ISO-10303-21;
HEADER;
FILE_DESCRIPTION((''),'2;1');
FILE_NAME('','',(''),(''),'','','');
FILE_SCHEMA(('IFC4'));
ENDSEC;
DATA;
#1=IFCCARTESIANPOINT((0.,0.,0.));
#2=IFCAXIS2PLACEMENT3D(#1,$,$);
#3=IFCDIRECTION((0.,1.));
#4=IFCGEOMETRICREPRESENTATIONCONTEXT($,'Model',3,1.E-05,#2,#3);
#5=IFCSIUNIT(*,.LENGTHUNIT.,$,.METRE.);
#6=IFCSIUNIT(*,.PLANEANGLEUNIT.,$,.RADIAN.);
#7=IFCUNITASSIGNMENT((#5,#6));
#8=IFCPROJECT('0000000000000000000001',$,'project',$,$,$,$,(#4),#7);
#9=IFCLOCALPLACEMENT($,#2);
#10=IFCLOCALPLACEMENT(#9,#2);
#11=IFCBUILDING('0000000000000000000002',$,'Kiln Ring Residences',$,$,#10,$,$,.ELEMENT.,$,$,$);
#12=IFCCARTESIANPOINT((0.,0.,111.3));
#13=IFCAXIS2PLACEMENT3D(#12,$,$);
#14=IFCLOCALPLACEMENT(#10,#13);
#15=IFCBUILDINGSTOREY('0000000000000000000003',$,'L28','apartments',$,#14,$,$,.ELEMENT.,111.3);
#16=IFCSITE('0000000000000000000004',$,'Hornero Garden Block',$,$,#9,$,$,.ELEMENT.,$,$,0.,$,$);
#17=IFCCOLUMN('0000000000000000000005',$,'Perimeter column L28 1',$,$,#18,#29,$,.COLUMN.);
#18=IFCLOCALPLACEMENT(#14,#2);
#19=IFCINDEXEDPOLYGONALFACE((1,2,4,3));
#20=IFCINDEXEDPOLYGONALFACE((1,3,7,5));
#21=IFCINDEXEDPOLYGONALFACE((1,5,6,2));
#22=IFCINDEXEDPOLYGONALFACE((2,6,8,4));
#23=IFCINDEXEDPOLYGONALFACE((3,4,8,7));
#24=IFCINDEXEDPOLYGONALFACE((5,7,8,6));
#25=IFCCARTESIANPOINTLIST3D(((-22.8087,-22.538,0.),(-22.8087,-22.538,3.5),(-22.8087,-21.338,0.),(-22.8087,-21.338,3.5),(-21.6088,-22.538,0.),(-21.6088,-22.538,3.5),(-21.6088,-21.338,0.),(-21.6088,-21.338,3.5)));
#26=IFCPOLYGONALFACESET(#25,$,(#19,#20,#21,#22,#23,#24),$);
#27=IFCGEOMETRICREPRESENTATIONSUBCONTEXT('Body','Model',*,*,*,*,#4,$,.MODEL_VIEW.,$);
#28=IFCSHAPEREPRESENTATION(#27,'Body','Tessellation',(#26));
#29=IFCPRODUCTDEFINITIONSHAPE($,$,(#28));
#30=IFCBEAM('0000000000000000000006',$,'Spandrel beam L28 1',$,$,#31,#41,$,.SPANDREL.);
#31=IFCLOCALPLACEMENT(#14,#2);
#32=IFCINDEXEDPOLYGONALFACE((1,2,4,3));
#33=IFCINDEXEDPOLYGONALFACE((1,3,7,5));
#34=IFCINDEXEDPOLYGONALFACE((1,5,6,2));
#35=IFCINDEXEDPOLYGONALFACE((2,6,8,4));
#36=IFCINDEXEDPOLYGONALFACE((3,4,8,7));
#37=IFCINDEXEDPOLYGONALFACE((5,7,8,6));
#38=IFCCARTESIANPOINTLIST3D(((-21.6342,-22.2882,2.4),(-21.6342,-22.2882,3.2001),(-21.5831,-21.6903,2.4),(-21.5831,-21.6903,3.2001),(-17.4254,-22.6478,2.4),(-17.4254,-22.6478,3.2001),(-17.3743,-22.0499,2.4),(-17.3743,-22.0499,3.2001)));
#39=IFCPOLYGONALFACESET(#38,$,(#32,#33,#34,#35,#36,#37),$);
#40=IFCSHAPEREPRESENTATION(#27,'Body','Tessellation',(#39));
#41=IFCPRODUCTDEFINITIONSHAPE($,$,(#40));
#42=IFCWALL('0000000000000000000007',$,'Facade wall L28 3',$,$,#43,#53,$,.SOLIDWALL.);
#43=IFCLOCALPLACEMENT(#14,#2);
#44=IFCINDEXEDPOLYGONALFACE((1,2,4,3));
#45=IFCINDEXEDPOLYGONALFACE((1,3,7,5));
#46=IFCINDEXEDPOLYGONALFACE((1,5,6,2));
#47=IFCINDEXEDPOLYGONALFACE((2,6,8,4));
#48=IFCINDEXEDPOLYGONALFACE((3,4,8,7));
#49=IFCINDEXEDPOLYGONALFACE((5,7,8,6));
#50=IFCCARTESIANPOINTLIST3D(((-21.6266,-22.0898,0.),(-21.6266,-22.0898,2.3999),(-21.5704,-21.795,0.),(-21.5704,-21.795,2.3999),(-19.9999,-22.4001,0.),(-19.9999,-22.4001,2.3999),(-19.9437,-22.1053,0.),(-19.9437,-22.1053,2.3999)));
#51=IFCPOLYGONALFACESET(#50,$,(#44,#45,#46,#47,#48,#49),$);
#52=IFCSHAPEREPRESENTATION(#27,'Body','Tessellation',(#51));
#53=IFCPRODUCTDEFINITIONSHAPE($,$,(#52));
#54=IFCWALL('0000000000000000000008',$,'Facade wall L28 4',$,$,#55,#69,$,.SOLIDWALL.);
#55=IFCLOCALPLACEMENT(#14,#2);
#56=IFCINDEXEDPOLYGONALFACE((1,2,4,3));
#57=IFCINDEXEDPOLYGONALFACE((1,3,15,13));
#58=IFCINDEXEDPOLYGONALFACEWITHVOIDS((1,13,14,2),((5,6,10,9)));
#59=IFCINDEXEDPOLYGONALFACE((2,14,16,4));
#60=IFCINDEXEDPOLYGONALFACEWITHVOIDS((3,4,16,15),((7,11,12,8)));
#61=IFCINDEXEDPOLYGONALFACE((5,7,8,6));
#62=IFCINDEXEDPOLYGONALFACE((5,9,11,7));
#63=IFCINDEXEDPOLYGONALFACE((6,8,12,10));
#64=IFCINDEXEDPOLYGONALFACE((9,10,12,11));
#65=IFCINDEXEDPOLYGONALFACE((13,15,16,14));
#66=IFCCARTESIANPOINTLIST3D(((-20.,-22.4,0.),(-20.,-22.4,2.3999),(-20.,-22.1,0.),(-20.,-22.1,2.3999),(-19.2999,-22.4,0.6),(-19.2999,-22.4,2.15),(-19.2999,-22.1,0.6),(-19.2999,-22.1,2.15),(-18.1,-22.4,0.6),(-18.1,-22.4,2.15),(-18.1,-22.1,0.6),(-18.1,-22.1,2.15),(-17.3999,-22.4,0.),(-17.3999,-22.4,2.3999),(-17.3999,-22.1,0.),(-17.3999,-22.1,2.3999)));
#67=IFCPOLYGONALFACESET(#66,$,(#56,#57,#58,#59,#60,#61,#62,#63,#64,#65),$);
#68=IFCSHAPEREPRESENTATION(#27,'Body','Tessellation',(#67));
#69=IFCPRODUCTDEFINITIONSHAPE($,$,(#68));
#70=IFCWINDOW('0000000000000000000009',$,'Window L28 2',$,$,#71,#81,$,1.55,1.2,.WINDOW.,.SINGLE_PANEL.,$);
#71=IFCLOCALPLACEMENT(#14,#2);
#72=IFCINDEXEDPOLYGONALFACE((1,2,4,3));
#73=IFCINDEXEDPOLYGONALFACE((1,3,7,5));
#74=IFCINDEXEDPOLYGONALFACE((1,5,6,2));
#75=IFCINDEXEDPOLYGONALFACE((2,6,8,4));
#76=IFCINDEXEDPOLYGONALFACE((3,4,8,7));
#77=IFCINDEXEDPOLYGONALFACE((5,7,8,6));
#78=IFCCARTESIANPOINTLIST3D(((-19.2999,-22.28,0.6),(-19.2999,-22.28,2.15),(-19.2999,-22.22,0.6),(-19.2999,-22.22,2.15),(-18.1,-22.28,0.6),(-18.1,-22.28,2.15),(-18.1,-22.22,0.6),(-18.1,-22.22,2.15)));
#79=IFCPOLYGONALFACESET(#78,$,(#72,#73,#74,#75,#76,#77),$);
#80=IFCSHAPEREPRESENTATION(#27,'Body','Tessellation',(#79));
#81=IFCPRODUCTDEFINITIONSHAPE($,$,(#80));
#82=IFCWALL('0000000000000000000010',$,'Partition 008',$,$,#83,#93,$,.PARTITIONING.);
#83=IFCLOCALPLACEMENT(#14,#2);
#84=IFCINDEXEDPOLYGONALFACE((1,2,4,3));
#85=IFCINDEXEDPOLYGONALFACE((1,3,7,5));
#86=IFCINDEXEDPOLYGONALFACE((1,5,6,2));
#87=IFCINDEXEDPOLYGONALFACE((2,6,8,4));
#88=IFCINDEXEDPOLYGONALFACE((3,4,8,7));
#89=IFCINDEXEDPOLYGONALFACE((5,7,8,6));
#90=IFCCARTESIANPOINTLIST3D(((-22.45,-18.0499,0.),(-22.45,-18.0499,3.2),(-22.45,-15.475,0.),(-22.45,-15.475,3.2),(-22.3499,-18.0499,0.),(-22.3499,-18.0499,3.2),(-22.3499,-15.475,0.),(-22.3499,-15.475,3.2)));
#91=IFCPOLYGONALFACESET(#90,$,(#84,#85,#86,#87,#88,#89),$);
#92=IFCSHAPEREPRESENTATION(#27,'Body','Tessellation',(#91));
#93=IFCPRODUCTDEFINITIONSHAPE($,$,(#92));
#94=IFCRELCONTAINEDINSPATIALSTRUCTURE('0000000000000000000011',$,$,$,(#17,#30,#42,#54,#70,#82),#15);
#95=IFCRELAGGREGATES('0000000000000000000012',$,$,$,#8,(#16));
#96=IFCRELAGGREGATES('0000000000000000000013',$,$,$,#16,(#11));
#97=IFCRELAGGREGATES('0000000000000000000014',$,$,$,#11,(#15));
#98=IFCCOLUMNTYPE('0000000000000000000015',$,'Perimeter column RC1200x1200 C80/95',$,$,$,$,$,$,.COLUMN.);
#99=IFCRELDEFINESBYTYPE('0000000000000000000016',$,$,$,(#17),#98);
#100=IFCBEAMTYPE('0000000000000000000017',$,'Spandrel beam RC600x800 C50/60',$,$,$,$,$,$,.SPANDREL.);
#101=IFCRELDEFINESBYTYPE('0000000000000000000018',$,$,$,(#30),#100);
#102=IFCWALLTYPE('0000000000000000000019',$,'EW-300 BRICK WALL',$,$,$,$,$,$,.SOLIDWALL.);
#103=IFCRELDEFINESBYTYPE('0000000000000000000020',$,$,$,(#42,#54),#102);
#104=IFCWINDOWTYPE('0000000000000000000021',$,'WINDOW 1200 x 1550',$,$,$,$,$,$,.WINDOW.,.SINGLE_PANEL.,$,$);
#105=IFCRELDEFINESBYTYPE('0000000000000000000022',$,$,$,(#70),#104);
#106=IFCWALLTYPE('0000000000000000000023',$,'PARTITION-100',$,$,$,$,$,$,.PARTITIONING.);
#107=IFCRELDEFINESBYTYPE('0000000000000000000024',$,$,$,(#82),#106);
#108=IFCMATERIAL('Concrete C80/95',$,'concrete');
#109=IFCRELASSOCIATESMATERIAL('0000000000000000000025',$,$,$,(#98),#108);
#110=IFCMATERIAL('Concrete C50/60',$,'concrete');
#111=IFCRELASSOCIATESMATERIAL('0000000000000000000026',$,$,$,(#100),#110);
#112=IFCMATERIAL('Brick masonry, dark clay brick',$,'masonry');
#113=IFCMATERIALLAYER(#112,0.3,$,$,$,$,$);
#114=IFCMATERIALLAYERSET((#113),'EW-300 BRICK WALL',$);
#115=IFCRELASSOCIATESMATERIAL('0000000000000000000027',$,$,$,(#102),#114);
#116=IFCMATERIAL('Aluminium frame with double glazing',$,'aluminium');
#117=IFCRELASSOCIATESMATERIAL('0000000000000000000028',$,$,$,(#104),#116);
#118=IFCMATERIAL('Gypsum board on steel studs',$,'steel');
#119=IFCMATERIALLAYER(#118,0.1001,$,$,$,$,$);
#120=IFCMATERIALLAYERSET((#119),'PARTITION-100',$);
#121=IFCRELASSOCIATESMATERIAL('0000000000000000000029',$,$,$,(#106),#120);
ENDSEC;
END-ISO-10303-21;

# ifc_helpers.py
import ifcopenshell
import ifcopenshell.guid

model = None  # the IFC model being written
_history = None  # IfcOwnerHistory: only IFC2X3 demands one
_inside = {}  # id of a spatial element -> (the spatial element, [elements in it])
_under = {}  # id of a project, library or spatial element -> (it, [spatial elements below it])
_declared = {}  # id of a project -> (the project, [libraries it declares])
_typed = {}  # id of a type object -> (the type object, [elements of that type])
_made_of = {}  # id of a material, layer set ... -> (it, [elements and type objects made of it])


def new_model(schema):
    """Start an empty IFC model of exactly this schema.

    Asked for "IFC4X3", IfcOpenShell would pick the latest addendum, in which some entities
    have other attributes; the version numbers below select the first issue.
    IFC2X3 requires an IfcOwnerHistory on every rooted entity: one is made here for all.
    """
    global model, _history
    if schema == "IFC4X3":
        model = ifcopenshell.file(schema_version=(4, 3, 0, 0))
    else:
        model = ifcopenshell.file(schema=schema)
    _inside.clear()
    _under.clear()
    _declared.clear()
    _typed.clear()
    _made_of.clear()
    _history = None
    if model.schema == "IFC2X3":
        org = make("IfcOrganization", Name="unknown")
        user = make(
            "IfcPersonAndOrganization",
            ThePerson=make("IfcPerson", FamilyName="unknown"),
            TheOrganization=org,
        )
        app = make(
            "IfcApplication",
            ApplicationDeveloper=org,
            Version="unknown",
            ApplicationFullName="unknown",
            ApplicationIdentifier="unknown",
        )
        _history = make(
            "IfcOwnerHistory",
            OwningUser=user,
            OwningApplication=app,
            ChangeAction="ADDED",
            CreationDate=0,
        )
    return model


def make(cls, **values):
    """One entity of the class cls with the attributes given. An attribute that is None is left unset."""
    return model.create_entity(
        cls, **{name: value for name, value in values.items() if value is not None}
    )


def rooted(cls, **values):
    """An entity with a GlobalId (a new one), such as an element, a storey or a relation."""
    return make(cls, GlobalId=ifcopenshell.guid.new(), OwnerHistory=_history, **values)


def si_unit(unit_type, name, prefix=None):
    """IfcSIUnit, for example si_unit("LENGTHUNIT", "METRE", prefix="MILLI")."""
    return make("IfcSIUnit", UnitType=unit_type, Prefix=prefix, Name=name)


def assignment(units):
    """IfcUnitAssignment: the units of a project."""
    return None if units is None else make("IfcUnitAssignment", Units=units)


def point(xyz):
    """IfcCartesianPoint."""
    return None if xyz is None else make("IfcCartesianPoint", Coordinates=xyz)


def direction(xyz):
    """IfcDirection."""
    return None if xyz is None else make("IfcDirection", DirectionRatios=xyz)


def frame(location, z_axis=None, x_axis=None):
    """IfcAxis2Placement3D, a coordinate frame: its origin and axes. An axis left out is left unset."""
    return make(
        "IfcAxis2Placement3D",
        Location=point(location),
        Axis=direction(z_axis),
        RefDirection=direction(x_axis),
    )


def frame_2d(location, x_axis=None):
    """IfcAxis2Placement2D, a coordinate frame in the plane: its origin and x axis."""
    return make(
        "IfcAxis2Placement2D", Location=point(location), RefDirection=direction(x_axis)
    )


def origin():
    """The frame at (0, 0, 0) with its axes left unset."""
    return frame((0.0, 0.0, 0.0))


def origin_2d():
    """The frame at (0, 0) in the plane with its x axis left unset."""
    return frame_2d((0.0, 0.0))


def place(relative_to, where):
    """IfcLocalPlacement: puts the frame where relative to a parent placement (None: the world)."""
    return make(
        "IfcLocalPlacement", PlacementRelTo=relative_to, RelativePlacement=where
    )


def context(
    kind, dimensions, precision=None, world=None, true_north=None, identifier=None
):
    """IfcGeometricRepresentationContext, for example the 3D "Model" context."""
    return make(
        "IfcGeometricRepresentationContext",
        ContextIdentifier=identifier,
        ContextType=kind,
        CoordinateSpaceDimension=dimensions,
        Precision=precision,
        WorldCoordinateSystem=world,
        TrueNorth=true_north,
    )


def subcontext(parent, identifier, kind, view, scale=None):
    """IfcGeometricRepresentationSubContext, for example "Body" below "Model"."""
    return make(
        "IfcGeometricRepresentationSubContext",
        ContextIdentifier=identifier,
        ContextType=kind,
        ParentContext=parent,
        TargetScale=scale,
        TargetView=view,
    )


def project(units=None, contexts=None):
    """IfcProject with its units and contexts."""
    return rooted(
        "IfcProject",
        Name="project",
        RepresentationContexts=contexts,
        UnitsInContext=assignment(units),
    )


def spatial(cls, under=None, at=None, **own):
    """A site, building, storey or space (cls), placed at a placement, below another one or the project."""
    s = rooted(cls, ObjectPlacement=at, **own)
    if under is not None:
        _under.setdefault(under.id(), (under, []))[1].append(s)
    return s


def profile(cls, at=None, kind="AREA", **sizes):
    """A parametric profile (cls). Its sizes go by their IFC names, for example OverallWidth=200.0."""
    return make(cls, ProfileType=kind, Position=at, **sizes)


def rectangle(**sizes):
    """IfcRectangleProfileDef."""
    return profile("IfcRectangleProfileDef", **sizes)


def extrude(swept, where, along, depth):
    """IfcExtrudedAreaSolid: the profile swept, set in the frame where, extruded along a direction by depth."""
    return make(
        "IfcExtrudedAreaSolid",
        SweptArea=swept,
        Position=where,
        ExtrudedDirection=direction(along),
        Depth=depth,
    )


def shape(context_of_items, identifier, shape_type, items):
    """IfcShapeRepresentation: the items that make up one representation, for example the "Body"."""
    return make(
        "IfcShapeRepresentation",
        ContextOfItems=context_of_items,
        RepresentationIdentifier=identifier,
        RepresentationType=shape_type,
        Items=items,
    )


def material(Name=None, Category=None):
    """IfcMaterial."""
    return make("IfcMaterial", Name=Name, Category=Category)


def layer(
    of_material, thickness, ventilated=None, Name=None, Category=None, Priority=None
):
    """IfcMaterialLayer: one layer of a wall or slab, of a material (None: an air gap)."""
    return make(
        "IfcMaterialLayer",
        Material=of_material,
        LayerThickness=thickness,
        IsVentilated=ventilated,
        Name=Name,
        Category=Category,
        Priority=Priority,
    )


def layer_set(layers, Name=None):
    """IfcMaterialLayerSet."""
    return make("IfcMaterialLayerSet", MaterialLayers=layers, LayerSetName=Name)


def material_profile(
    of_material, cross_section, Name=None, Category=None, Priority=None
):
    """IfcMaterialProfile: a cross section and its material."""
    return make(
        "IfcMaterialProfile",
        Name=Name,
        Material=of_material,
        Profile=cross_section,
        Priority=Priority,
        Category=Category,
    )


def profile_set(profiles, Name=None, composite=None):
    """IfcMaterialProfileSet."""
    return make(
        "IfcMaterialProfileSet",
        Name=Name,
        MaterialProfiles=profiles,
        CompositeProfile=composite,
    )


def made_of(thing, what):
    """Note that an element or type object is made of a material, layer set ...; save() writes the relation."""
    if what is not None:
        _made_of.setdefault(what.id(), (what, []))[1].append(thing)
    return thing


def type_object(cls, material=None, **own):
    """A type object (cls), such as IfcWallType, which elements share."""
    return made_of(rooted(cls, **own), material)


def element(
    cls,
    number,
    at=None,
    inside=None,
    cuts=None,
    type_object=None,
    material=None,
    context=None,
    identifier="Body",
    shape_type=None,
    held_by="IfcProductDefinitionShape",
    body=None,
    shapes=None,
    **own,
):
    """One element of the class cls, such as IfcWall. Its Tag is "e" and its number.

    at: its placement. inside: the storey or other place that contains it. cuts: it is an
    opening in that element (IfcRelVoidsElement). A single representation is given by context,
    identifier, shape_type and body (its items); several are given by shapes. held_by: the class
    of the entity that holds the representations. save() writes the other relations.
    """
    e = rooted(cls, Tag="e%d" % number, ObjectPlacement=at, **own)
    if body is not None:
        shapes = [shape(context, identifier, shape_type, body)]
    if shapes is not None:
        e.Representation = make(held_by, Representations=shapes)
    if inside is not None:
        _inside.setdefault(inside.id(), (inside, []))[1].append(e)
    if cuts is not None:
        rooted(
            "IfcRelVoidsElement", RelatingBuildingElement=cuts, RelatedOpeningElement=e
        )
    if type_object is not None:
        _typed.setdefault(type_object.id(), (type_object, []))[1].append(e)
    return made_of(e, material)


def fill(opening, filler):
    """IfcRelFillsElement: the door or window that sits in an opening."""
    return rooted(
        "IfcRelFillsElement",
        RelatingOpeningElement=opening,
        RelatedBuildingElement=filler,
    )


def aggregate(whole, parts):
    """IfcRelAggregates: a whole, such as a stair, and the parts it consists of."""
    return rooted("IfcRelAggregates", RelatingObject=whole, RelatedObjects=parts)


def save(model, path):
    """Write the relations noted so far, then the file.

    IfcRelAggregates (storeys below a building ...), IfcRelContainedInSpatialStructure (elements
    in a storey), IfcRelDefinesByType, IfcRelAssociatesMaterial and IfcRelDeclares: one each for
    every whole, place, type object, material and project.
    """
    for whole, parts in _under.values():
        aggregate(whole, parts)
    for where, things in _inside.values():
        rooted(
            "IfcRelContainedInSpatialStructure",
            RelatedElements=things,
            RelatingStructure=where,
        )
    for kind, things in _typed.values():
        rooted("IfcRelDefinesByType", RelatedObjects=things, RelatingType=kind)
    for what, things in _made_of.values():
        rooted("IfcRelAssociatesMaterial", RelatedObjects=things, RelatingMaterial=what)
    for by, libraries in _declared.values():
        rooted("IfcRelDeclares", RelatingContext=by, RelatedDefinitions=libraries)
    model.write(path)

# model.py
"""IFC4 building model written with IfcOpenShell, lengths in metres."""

from ifc_helpers import new_model, si_unit, direction, frame, frame_2d, origin, origin_2d, place, context, subcontext, project, spatial, rectangle, extrude, material, layer, layer_set, material_profile, profile_set, type_object, element, fill, save


model = new_model("IFC4")

# Units and contexts
model_context = context("Model", 3, precision=1e-05, world=origin(), true_north=direction((0.0, 1.0)))
body_context = subcontext(model_context, "Body", "Model", "MODEL_VIEW")
ifc_project = project(units=[si_unit("LENGTHUNIT", "METRE"), si_unit("PLANEANGLEUNIT", "RADIAN")], contexts=[model_context])

# Site, building, storey
site_placement = place(None, origin())
site = spatial("IfcSite", under=ifc_project, at=site_placement, Name="Hornero Garden Block", CompositionType="ELEMENT", RefElevation=0.0)
building_placement = place(site_placement, origin())
building = spatial("IfcBuilding", under=site, at=building_placement, Name="Kiln Ring Residences", CompositionType="ELEMENT")
storey_placement = place(building_placement, frame((0.0, 0.0, 111.3)))
storey = spatial("IfcBuildingStorey", under=building, at=storey_placement, Name="L28", Description="apartments", CompositionType="ELEMENT", Elevation=111.3)

# Column
ifc_material_1 = material(Name="Concrete C80/95", Category="concrete")
ifc_material_profile_1 = material_profile(ifc_material_1, rectangle(XDim=1.2, YDim=1.2, at=origin_2d()), Name="RC1200x1200")
ifc_profile_set_1 = profile_set([ifc_material_profile_1], Name="Concrete C80/95")
column_type = type_object("IfcColumnType", Name="Perimeter column RC1200x1200 C80/95", PredefinedType="COLUMN", material=ifc_profile_set_1)
column_placement = place(storey_placement, frame((-22.2087, -21.938, 0.0), z_axis=(0.0, 0.0, 1.0), x_axis=(1.0, 0.0, 0.0)))
element("IfcColumn", 1, at=column_placement, inside=storey, type_object=column_type, Name="Perimeter column L28 1", PredefinedType="COLUMN", context=body_context, shape_type="SweptSolid", body=[
    extrude(rectangle(XDim=1.2, YDim=1.2, at=origin_2d()), origin(), (0.0, 0.0, 1.0), 3.5),
])

# Beam
ifc_material_2 = material(Name="Concrete C50/60", Category="concrete")
ifc_material_profile_2 = material_profile(ifc_material_2, rectangle(XDim=0.6001, YDim=0.8, at=origin_2d()), Name="RC600x800")
ifc_profile_set_2 = profile_set([ifc_material_profile_2], Name="Concrete C50/60")
beam_type = type_object("IfcBeamType", Name="Spandrel beam RC600x800 C50/60", PredefinedType="SPANDREL", material=ifc_profile_set_2)
beam_placement = place(storey_placement, frame((-21.6086, -21.9893, 2.8), z_axis=(0.996369, -0.085136, 0.0), x_axis=(0.085136, 0.996369, 0.0)))
element("IfcBeam", 2, at=beam_placement, inside=storey, type_object=beam_type, Name="Spandrel beam L28 1", PredefinedType="SPANDREL", context=body_context, shape_type="SweptSolid", body=[
    extrude(rectangle(XDim=0.6001, YDim=0.8, at=origin_2d()), origin(), (0.0, 0.0, 1.0), 4.2241),
])

# Wall
ifc_material_3 = material(Name="Brick masonry, dark clay brick", Category="masonry")
ifc_layer_1 = layer(ifc_material_3, 0.3)
ifc_layer_set_1 = layer_set([ifc_layer_1], Name="EW-300 BRICK WALL")
wall_type_1 = type_object("IfcWallType", Name="EW-300 BRICK WALL", PredefinedType="SOLIDWALL", material=ifc_layer_set_1)
wall_1_placement = place(storey_placement, frame((-21.5986, -21.9424, 0.0), z_axis=(0.0, 0.0, 1.0), x_axis=(0.982288, -0.187376, 0.0)))
element("IfcWall", 3, at=wall_1_placement, inside=storey, type_object=wall_type_1, Name="Facade wall L28 3", PredefinedType="SOLIDWALL", context=body_context, shape_type="SweptSolid", body=[
    extrude(rectangle(XDim=1.656, YDim=0.3, at=frame_2d((0.8281, 0.0))), origin(), (0.0, 0.0, 1.0), 2.3999),
])

# Wall, opening, window
wall_2_placement = place(storey_placement, frame((-20.0, -22.25, 0.0), z_axis=(0.0, 0.0, 1.0), x_axis=(1.0, 0.0, 0.0)))
wall_2 = element("IfcWall", 4, at=wall_2_placement, inside=storey, type_object=wall_type_1, Name="Facade wall L28 4", PredefinedType="SOLIDWALL", context=body_context, shape_type="SweptSolid", body=[
    extrude(rectangle(XDim=2.6001, YDim=0.3, at=frame_2d((1.3, 0.0))), origin(), (0.0, 0.0, 1.0), 2.3999),
])
opening_placement = place(wall_2_placement, frame((0.7, 0.0, 0.6001)))
opening = element("IfcOpeningElement", 5, at=opening_placement, cuts=wall_2, PredefinedType="OPENING", context=body_context, shape_type="SweptSolid", body=[
    extrude(rectangle(XDim=1.2, YDim=1.55, at=frame_2d((0.6001, 0.7749))), frame((0.0, 0.1599, 0.0), z_axis=(0.0, -1.0, 0.0), x_axis=(1.0, 0.0, 0.0)), (0.0, 0.0, 1.0), 0.3201),
])
ifc_material_4 = material(Name="Aluminium frame with double glazing", Category="aluminium")
window_type = type_object("IfcWindowType", Name="WINDOW 1200 x 1550", PartitioningType="SINGLE_PANEL", PredefinedType="WINDOW", material=ifc_material_4)
window_placement = place(opening_placement, origin())
window = element("IfcWindow", 6, at=window_placement, inside=storey, type_object=window_type, Name="Window L28 2", OverallHeight=1.55, OverallWidth=1.2, PartitioningType="SINGLE_PANEL", PredefinedType="WINDOW", context=body_context, shape_type="SweptSolid", body=[
    extrude(rectangle(XDim=1.2, YDim=1.55, at=frame_2d((0.6001, 0.7749))), frame((0.0, 0.03, 0.0), z_axis=(0.0, -1.0, 0.0), x_axis=(1.0, 0.0, 0.0)), (0.0, 0.0, 1.0), 0.0601),
])
fill(opening, window)

# Wall
ifc_material_5 = material(Name="Gypsum board on steel studs", Category="steel")
ifc_layer_2 = layer(ifc_material_5, 0.1001)
ifc_layer_set_2 = layer_set([ifc_layer_2], Name="PARTITION-100")
wall_type_2 = type_object("IfcWallType", Name="PARTITION-100", PredefinedType="PARTITIONING", material=ifc_layer_set_2)
wall_3_placement = place(storey_placement, frame((-22.3999, -18.05, 0.0), z_axis=(0.0, 0.0, 1.0), x_axis=(0.0, 1.0, 0.0)))
element("IfcWall", 7, at=wall_3_placement, inside=storey, type_object=wall_type_2, Name="Partition 008", PredefinedType="PARTITIONING", context=body_context, shape_type="SweptSolid", body=[
    extrude(rectangle(XDim=2.575, YDim=0.1001, at=frame_2d((1.2876, 0.0))), origin(), (0.0, 0.0, 1.0), 3.2),
])

save(model, "model.ifc")
